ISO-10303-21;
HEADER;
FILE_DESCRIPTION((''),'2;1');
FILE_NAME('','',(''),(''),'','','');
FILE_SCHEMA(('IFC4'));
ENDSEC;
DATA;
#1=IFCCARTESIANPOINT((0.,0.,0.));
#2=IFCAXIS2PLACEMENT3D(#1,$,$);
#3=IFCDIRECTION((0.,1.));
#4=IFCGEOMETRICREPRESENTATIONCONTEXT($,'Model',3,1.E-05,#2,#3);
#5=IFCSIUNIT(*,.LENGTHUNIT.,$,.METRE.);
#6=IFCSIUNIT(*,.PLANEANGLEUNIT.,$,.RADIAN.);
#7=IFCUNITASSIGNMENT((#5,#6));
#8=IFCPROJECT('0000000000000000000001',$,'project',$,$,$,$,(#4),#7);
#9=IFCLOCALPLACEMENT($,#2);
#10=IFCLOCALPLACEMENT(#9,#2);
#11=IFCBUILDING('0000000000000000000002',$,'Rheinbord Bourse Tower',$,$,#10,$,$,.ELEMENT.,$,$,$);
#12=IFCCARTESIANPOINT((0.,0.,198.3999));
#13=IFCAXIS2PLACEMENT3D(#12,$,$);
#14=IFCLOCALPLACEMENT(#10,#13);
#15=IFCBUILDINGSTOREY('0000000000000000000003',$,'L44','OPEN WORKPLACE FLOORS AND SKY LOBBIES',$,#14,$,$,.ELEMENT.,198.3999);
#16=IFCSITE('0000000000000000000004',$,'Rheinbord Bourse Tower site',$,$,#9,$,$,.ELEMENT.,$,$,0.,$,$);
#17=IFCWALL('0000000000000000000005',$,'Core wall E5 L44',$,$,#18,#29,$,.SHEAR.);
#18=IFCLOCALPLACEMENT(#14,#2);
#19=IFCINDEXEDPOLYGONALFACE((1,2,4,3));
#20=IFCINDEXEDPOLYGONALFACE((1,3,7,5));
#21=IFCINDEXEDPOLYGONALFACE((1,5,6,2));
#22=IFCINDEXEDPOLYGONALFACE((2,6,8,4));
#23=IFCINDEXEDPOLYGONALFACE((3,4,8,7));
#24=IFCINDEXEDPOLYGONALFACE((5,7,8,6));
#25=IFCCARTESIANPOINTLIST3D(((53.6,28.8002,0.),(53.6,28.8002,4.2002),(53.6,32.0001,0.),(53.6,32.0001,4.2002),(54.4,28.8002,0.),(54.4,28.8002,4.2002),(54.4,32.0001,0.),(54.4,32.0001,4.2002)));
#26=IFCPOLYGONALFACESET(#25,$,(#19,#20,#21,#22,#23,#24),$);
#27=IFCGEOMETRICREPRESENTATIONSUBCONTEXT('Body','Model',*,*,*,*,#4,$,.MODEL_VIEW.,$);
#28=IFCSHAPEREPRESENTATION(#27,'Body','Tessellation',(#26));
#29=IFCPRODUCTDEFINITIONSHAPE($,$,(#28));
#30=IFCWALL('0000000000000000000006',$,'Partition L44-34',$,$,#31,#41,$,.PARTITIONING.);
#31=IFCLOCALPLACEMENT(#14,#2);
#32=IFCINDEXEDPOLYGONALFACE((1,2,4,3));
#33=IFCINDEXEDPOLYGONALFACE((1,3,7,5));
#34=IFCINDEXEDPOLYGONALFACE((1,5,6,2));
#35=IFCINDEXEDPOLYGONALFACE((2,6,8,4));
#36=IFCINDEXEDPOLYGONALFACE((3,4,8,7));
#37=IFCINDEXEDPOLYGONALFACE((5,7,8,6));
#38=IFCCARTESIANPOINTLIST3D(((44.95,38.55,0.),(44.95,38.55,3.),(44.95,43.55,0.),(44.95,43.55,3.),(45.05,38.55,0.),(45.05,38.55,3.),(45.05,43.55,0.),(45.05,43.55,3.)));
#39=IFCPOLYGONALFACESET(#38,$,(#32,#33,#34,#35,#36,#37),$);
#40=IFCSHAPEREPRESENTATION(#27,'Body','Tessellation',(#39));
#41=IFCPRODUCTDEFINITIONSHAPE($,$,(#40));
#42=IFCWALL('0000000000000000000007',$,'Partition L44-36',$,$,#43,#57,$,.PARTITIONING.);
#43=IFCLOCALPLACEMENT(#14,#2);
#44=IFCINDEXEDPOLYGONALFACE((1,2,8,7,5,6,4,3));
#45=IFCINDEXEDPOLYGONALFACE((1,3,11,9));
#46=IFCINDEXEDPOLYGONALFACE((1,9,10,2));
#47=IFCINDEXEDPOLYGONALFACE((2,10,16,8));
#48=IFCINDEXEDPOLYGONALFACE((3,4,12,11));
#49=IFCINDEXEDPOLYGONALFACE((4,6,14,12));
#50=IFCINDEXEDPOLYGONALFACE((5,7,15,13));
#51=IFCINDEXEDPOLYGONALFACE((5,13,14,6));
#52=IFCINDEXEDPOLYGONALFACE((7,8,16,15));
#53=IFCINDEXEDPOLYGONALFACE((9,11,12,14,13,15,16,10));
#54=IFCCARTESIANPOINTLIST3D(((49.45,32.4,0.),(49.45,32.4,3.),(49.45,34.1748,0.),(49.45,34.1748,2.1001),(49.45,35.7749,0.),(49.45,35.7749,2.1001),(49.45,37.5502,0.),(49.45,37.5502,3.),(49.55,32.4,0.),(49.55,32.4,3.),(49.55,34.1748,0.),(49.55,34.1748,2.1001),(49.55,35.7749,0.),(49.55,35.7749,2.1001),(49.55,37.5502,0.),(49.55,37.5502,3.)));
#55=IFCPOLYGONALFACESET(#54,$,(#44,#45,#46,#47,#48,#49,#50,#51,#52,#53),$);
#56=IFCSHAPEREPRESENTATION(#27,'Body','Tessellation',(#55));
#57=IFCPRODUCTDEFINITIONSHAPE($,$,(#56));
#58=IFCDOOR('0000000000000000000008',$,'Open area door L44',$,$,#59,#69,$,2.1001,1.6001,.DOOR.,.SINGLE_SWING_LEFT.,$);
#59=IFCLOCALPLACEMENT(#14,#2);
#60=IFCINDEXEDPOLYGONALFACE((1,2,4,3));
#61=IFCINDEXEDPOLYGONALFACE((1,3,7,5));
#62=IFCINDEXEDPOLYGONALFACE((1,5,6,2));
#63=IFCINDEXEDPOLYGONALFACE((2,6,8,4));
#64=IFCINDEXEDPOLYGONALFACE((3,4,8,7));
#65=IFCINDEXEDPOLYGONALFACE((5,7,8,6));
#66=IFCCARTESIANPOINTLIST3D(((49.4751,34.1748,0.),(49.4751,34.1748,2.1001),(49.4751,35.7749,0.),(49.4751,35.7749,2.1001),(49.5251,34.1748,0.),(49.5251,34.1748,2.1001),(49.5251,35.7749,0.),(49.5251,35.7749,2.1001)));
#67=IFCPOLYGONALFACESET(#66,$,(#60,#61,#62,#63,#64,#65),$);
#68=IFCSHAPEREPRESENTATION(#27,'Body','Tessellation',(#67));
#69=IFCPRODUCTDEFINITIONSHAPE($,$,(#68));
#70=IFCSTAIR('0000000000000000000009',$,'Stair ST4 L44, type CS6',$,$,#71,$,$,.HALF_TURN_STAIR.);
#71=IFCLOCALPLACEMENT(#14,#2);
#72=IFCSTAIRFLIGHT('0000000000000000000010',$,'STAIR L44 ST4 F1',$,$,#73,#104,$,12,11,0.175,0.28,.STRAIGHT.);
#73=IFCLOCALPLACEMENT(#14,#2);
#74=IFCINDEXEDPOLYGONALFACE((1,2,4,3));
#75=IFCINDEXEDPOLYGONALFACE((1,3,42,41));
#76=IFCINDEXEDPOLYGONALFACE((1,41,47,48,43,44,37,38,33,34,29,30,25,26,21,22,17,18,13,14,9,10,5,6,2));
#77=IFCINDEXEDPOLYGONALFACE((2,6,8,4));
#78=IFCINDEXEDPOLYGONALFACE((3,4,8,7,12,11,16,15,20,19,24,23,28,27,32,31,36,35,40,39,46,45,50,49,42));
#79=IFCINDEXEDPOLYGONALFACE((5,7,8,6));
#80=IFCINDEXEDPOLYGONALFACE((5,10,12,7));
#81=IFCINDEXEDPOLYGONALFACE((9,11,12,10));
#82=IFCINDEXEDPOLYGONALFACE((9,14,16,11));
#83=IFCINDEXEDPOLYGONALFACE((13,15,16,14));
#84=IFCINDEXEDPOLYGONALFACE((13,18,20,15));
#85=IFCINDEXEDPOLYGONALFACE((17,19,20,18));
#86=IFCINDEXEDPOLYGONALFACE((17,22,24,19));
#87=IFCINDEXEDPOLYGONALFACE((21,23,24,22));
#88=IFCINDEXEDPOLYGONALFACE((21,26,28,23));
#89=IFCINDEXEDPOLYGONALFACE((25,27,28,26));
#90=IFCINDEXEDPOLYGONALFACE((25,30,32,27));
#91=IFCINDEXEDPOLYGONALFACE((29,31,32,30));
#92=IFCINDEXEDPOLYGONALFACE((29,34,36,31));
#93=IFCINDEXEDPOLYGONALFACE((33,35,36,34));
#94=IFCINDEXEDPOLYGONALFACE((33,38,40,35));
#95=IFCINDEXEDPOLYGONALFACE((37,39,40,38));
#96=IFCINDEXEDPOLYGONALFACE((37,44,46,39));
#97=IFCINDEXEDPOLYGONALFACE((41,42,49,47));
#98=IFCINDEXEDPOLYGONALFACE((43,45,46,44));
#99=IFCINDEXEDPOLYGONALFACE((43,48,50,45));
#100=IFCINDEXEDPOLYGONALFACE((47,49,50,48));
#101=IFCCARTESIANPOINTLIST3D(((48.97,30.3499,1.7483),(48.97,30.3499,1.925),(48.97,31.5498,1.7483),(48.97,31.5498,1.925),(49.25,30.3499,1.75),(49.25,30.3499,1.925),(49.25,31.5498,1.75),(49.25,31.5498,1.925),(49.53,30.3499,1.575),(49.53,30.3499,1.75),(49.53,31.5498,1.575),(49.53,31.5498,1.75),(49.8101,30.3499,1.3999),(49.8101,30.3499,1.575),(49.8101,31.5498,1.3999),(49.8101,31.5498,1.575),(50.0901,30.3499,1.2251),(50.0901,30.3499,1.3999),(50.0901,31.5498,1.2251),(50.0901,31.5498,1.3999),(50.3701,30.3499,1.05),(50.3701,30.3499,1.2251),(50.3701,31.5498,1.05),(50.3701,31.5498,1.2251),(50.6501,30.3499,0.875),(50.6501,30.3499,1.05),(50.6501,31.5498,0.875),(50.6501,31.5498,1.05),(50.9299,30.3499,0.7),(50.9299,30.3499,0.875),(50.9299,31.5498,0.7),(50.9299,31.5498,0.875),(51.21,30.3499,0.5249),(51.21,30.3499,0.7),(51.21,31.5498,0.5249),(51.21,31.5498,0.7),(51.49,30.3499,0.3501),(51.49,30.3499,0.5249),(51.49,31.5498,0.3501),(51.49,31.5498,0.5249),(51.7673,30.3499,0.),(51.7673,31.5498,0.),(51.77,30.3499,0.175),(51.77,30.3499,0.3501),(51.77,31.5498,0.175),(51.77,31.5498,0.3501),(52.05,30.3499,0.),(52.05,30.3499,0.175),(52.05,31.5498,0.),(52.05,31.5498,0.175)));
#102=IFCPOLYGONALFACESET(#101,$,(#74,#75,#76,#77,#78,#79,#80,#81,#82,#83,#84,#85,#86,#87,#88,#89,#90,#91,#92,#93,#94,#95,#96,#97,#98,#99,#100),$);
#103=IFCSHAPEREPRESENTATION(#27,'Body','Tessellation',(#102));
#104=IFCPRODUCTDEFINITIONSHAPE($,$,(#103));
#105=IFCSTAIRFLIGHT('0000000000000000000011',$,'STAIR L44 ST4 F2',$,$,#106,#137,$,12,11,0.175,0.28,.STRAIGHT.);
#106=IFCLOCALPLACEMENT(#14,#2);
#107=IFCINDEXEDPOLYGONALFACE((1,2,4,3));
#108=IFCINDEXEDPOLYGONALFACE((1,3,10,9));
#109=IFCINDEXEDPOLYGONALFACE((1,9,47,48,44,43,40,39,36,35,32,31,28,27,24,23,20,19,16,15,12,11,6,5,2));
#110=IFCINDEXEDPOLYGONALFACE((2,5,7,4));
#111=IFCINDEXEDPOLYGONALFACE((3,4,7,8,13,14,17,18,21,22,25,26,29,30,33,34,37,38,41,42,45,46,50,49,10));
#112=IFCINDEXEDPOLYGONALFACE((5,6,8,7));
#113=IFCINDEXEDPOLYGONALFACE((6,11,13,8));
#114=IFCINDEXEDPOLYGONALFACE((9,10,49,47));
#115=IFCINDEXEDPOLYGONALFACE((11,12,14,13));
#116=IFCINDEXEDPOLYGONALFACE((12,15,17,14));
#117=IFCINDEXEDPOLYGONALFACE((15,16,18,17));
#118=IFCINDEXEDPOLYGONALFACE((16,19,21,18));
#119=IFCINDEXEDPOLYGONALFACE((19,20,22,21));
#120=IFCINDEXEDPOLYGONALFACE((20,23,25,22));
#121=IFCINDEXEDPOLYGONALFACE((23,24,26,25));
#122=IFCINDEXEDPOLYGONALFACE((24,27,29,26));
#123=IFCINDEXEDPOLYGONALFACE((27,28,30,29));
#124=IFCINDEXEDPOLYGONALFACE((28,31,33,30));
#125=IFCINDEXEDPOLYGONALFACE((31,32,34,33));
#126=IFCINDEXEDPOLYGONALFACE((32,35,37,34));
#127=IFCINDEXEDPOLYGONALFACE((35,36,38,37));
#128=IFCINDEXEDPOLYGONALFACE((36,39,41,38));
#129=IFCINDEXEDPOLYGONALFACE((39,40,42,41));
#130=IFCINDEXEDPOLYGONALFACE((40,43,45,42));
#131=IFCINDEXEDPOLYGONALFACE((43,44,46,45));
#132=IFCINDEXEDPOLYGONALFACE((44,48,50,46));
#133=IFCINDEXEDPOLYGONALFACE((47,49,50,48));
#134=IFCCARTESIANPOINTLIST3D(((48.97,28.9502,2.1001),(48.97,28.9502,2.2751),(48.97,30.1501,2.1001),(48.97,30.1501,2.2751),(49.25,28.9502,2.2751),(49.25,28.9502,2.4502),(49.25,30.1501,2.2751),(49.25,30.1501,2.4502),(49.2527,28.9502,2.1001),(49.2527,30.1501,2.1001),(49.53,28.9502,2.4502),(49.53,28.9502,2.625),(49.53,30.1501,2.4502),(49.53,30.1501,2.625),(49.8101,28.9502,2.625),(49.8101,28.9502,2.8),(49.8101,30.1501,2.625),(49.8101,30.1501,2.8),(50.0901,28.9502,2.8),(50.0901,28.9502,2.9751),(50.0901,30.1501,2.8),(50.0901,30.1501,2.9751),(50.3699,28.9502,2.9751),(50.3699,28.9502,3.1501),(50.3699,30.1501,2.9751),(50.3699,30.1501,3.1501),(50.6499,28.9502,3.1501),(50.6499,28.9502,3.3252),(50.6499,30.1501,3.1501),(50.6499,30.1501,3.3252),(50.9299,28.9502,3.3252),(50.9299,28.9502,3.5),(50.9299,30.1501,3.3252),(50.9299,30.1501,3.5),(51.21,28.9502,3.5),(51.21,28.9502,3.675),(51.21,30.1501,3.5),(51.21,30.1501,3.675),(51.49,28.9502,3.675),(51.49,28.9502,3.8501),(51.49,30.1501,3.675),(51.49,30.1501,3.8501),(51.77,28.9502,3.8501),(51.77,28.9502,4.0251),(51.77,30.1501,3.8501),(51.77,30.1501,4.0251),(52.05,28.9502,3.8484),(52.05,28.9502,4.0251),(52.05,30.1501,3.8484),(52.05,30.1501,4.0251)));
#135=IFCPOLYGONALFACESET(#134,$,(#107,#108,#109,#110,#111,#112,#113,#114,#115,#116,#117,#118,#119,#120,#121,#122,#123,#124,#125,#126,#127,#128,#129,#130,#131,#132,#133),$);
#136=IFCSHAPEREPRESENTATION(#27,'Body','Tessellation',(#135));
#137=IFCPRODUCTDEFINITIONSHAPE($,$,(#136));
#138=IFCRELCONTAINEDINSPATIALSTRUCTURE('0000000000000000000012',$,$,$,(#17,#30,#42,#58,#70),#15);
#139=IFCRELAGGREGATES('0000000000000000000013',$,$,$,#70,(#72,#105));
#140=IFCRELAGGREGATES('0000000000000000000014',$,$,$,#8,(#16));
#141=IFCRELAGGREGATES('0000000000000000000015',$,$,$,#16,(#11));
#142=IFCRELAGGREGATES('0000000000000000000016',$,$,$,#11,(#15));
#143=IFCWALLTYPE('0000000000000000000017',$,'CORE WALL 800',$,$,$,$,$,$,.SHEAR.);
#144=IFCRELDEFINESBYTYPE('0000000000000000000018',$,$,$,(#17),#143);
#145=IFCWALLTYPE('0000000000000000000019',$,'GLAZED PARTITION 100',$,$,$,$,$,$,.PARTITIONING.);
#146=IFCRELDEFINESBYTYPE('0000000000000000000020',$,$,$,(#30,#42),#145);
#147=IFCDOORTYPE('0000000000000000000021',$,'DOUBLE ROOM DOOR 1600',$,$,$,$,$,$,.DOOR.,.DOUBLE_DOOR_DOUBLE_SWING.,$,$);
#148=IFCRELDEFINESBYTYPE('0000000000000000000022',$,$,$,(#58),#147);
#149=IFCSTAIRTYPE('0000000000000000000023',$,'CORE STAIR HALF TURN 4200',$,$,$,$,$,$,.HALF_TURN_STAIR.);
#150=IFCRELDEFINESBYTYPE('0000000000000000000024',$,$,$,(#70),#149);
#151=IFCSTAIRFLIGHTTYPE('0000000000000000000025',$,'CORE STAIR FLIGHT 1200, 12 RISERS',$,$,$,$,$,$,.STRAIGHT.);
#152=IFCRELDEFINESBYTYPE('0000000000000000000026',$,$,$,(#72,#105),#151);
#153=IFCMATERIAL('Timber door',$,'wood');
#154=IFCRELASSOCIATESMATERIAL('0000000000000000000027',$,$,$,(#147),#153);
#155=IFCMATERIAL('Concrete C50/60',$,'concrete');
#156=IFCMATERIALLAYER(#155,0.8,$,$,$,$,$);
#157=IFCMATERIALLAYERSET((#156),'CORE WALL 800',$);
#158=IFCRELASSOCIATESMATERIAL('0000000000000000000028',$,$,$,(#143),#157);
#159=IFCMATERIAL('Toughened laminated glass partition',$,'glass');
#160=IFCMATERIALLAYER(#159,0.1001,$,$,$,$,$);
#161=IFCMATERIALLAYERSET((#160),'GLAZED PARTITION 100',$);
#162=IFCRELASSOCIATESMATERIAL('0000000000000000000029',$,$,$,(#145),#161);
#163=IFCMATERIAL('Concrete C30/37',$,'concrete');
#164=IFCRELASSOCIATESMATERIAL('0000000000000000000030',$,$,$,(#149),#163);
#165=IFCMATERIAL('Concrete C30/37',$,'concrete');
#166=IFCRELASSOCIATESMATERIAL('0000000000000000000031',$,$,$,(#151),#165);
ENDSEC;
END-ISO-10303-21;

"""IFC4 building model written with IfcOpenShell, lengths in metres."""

from ifc_helpers import new_model, si_unit, direction, frame, frame_2d, origin, place, context, subcontext, project, spatial, polyline, rectangle, outline, extrude, material, layer, layer_set, type_object, element, fill, aggregate, save


model = new_model("IFC4")

# Units and contexts
model_context = context("Model", 3, precision=1e-05, world=origin(), true_north=direction((0.0, 1.0)))
body_context = subcontext(model_context, "Body", "Model", "MODEL_VIEW")
ifc_project = project(units=[si_unit("LENGTHUNIT", "METRE"), si_unit("PLANEANGLEUNIT", "RADIAN")], contexts=[model_context])

# Site, building, storey
site_placement = place(None, origin())
site = spatial("IfcSite", under=ifc_project, at=site_placement, Name="Rheinbord Bourse Tower site", CompositionType="ELEMENT", RefElevation=0.0)
building_placement = place(site_placement, origin())
building = spatial("IfcBuilding", under=site, at=building_placement, Name="Rheinbord Bourse Tower", CompositionType="ELEMENT")
storey_placement = place(building_placement, frame((0.0, 0.0, 198.3999)))
storey = spatial("IfcBuildingStorey", under=building, at=storey_placement, Name="L44", Description="OPEN WORKPLACE FLOORS AND SKY LOBBIES", CompositionType="ELEMENT", Elevation=198.3999)

# Shared definitions
ifc_material_1 = material(Name="Timber door", Category="wood")
door_type_1 = type_object("IfcDoorType", Name="DOUBLE ROOM DOOR 1600", OperationType="DOUBLE_DOOR_DOUBLE_SWING", PredefinedType="DOOR", material=ifc_material_1)

# Shared definitions
ifc_material_2 = material(Name="Concrete C50/60", Category="concrete")
ifc_layer_1 = layer(ifc_material_2, 0.8)
ifc_layer_set_1 = layer_set([ifc_layer_1], Name="CORE WALL 800")
wall_type_1 = type_object("IfcWallType", Name="CORE WALL 800", PredefinedType="SHEAR", material=ifc_layer_set_1)

# Walls
wall_1_placement = place(storey_placement, frame((54.0, 28.8, 0.0), z_axis=(0.0, 0.0, 1.0), x_axis=(0.0, 1.0, 0.0)))
element("IfcWall", 1, at=wall_1_placement, inside=storey, type_object=wall_type_1, Name="Core wall E5 L44", PredefinedType="SHEAR", context=body_context, shape_type="SweptSolid", body=[
    extrude(rectangle(XDim=3.2, YDim=0.8, at=frame_2d((1.6001, 0.0))), origin(), (0.0, 0.0, 1.0), 4.2002),
])
ifc_material_3 = material(Name="Toughened laminated glass partition", Category="glass")
ifc_layer_2 = layer(ifc_material_3, 0.1001)
ifc_layer_set_2 = layer_set([ifc_layer_2], Name="GLAZED PARTITION 100")
wall_type_2 = type_object("IfcWallType", Name="GLAZED PARTITION 100", PredefinedType="PARTITIONING", material=ifc_layer_set_2)
wall_2_placement = place(storey_placement, frame((45.0, 38.55, 0.0), z_axis=(0.0, 0.0, 1.0), x_axis=(0.0, 1.0, 0.0)))
element("IfcWall", 2, at=wall_2_placement, inside=storey, type_object=wall_type_2, Name="Partition L44-34", PredefinedType="PARTITIONING", context=body_context, shape_type="SweptSolid", body=[
    extrude(rectangle(XDim=5.0, YDim=0.1001, at=frame_2d((2.5, 0.0))), origin(), (0.0, 0.0, 1.0), 3.0),
])

# Wall, opening, door
wall_3_placement = place(storey_placement, frame((49.5, 32.3999, 0.0), z_axis=(0.0, 0.0, 1.0), x_axis=(0.0, 1.0, 0.0)))
wall_3 = element("IfcWall", 3, at=wall_3_placement, inside=storey, type_object=wall_type_2, Name="Partition L44-36", PredefinedType="PARTITIONING", context=body_context, shape_type="SweptSolid", body=[
    extrude(rectangle(XDim=5.1501, YDim=0.1001, at=frame_2d((2.5752, 0.0))), origin(), (0.0, 0.0, 1.0), 3.0),
])
opening_1_placement = place(wall_3_placement, frame((1.7749, 0.0, 0.0)))
opening_1 = element("IfcOpeningElement", 4, at=opening_1_placement, cuts=wall_3, PredefinedType="OPENING", context=body_context, shape_type="SweptSolid", body=[
    extrude(rectangle(XDim=1.6001, YDim=2.1001, at=frame_2d((0.8, 1.05))), frame((0.0, 0.0601, 0.0), z_axis=(0.0, -1.0, 0.0), x_axis=(1.0, 0.0, 0.0)), (0.0, 0.0, 1.0), 0.1201),
])
door_1_placement = place(opening_1_placement, origin())
door_1 = element("IfcDoor", 5, at=door_1_placement, inside=storey, type_object=door_type_1, Name="Open area door L44", OperationType="SINGLE_SWING_LEFT", OverallHeight=2.1001, OverallWidth=1.6001, PredefinedType="DOOR", context=body_context, shape_type="SweptSolid", body=[
    extrude(rectangle(XDim=1.6001, YDim=2.1001, at=frame_2d((0.8, 1.05))), frame((0.0, 0.0249, 0.0), z_axis=(0.0, -1.0, 0.0), x_axis=(1.0, 0.0, 0.0)), (0.0, 0.0, 1.0), 0.05),
])
fill(opening_1, door_1)

# Stair, stair flights
ifc_material_4 = material(Name="Concrete C30/37", Category="concrete")
stair_type = type_object("IfcStairType", Name="CORE STAIR HALF TURN 4200", PredefinedType="HALF_TURN_STAIR", material=ifc_material_4)
stair_placement = place(storey_placement, origin())
stair = element("IfcStair", 6, at=stair_placement, inside=storey, type_object=stair_type, Name="Stair ST4 L44, type CS6", PredefinedType="HALF_TURN_STAIR")
ifc_material_5 = material(Name="Concrete C30/37", Category="concrete")
stair_flight_type = type_object("IfcStairFlightType", Name="CORE STAIR FLIGHT 1200, 12 RISERS", PredefinedType="STRAIGHT", material=ifc_material_5)
stair_flight_1_placement = place(storey_placement, frame((52.05, 30.95, 0.0), z_axis=(0.0, 0.0, 1.0), x_axis=(-1.0, 0.0, 0.0)))
stair_flight_1 = element("IfcStairFlight", 7, at=stair_flight_1_placement, type_object=stair_flight_type, Name="STAIR L44 ST4 F1", NumberOfRisers=12, NumberOfTreads=11, PredefinedType="STRAIGHT", RiserHeight=0.175, TreadLength=0.28, context=body_context, shape_type="SweptSolid", body=[
    extrude(outline(polyline([(0.0, 0.0), (0.0, 0.175), (0.28, 0.175), (0.28, 0.3501), (0.5601, 0.3501), (0.5601, 0.5249), (0.8401, 0.5249), (0.8401, 0.7), (1.1201, 0.7), (1.1201, 0.875), (1.3999, 0.875), (1.3999, 1.05), (1.6799, 1.05), (1.6799, 1.2251), (1.96, 1.2251), (1.96, 1.3999), (2.24, 1.3999), (2.24, 1.575), (2.52, 1.575), (2.52, 1.75), (2.8, 1.75), (2.8, 1.925), (3.0801, 1.925), (3.0801, 2.1001), (3.0801, 1.7483), (0.2827, 0.0), (0.0, 0.0)])), frame((0.0, 0.6001, 0.0), z_axis=(0.0, -1.0, 0.0), x_axis=(1.0, 0.0, 0.0)), (0.0, 0.0, 1.0), 1.2),
])
stair_flight_2_placement = place(storey_placement, frame((48.97, 29.55, 2.1001), z_axis=(0.0, 0.0, 1.0), x_axis=(1.0, 0.0, 0.0)))
stair_flight_2 = element("IfcStairFlight", 8, at=stair_flight_2_placement, type_object=stair_flight_type, Name="STAIR L44 ST4 F2", NumberOfRisers=12, NumberOfTreads=11, PredefinedType="STRAIGHT", RiserHeight=0.175, TreadLength=0.28, context=body_context, shape_type="SweptSolid", body=[
    extrude(outline(polyline([(0.0, 0.0), (0.0, 0.175), (0.28, 0.175), (0.28, 0.3501), (0.5601, 0.3501), (0.5601, 0.5249), (0.8401, 0.5249), (0.8401, 0.7), (1.1201, 0.7), (1.1201, 0.875), (1.3999, 0.875), (1.3999, 1.05), (1.6799, 1.05), (1.6799, 1.2251), (1.96, 1.2251), (1.96, 1.3999), (2.24, 1.3999), (2.24, 1.575), (2.52, 1.575), (2.52, 1.75), (2.8, 1.75), (2.8, 1.925), (3.0801, 1.925), (3.0801, 2.1001), (3.0801, 1.7483), (0.2827, 0.0), (0.0, 0.0)])), frame((0.0, 0.6001, 0.0), z_axis=(0.0, -1.0, 0.0), x_axis=(1.0, 0.0, 0.0)), (0.0, 0.0, 1.0), 1.2),
])
aggregate(stair, [stair_flight_1, stair_flight_2])

save(model, "model.ifc")
